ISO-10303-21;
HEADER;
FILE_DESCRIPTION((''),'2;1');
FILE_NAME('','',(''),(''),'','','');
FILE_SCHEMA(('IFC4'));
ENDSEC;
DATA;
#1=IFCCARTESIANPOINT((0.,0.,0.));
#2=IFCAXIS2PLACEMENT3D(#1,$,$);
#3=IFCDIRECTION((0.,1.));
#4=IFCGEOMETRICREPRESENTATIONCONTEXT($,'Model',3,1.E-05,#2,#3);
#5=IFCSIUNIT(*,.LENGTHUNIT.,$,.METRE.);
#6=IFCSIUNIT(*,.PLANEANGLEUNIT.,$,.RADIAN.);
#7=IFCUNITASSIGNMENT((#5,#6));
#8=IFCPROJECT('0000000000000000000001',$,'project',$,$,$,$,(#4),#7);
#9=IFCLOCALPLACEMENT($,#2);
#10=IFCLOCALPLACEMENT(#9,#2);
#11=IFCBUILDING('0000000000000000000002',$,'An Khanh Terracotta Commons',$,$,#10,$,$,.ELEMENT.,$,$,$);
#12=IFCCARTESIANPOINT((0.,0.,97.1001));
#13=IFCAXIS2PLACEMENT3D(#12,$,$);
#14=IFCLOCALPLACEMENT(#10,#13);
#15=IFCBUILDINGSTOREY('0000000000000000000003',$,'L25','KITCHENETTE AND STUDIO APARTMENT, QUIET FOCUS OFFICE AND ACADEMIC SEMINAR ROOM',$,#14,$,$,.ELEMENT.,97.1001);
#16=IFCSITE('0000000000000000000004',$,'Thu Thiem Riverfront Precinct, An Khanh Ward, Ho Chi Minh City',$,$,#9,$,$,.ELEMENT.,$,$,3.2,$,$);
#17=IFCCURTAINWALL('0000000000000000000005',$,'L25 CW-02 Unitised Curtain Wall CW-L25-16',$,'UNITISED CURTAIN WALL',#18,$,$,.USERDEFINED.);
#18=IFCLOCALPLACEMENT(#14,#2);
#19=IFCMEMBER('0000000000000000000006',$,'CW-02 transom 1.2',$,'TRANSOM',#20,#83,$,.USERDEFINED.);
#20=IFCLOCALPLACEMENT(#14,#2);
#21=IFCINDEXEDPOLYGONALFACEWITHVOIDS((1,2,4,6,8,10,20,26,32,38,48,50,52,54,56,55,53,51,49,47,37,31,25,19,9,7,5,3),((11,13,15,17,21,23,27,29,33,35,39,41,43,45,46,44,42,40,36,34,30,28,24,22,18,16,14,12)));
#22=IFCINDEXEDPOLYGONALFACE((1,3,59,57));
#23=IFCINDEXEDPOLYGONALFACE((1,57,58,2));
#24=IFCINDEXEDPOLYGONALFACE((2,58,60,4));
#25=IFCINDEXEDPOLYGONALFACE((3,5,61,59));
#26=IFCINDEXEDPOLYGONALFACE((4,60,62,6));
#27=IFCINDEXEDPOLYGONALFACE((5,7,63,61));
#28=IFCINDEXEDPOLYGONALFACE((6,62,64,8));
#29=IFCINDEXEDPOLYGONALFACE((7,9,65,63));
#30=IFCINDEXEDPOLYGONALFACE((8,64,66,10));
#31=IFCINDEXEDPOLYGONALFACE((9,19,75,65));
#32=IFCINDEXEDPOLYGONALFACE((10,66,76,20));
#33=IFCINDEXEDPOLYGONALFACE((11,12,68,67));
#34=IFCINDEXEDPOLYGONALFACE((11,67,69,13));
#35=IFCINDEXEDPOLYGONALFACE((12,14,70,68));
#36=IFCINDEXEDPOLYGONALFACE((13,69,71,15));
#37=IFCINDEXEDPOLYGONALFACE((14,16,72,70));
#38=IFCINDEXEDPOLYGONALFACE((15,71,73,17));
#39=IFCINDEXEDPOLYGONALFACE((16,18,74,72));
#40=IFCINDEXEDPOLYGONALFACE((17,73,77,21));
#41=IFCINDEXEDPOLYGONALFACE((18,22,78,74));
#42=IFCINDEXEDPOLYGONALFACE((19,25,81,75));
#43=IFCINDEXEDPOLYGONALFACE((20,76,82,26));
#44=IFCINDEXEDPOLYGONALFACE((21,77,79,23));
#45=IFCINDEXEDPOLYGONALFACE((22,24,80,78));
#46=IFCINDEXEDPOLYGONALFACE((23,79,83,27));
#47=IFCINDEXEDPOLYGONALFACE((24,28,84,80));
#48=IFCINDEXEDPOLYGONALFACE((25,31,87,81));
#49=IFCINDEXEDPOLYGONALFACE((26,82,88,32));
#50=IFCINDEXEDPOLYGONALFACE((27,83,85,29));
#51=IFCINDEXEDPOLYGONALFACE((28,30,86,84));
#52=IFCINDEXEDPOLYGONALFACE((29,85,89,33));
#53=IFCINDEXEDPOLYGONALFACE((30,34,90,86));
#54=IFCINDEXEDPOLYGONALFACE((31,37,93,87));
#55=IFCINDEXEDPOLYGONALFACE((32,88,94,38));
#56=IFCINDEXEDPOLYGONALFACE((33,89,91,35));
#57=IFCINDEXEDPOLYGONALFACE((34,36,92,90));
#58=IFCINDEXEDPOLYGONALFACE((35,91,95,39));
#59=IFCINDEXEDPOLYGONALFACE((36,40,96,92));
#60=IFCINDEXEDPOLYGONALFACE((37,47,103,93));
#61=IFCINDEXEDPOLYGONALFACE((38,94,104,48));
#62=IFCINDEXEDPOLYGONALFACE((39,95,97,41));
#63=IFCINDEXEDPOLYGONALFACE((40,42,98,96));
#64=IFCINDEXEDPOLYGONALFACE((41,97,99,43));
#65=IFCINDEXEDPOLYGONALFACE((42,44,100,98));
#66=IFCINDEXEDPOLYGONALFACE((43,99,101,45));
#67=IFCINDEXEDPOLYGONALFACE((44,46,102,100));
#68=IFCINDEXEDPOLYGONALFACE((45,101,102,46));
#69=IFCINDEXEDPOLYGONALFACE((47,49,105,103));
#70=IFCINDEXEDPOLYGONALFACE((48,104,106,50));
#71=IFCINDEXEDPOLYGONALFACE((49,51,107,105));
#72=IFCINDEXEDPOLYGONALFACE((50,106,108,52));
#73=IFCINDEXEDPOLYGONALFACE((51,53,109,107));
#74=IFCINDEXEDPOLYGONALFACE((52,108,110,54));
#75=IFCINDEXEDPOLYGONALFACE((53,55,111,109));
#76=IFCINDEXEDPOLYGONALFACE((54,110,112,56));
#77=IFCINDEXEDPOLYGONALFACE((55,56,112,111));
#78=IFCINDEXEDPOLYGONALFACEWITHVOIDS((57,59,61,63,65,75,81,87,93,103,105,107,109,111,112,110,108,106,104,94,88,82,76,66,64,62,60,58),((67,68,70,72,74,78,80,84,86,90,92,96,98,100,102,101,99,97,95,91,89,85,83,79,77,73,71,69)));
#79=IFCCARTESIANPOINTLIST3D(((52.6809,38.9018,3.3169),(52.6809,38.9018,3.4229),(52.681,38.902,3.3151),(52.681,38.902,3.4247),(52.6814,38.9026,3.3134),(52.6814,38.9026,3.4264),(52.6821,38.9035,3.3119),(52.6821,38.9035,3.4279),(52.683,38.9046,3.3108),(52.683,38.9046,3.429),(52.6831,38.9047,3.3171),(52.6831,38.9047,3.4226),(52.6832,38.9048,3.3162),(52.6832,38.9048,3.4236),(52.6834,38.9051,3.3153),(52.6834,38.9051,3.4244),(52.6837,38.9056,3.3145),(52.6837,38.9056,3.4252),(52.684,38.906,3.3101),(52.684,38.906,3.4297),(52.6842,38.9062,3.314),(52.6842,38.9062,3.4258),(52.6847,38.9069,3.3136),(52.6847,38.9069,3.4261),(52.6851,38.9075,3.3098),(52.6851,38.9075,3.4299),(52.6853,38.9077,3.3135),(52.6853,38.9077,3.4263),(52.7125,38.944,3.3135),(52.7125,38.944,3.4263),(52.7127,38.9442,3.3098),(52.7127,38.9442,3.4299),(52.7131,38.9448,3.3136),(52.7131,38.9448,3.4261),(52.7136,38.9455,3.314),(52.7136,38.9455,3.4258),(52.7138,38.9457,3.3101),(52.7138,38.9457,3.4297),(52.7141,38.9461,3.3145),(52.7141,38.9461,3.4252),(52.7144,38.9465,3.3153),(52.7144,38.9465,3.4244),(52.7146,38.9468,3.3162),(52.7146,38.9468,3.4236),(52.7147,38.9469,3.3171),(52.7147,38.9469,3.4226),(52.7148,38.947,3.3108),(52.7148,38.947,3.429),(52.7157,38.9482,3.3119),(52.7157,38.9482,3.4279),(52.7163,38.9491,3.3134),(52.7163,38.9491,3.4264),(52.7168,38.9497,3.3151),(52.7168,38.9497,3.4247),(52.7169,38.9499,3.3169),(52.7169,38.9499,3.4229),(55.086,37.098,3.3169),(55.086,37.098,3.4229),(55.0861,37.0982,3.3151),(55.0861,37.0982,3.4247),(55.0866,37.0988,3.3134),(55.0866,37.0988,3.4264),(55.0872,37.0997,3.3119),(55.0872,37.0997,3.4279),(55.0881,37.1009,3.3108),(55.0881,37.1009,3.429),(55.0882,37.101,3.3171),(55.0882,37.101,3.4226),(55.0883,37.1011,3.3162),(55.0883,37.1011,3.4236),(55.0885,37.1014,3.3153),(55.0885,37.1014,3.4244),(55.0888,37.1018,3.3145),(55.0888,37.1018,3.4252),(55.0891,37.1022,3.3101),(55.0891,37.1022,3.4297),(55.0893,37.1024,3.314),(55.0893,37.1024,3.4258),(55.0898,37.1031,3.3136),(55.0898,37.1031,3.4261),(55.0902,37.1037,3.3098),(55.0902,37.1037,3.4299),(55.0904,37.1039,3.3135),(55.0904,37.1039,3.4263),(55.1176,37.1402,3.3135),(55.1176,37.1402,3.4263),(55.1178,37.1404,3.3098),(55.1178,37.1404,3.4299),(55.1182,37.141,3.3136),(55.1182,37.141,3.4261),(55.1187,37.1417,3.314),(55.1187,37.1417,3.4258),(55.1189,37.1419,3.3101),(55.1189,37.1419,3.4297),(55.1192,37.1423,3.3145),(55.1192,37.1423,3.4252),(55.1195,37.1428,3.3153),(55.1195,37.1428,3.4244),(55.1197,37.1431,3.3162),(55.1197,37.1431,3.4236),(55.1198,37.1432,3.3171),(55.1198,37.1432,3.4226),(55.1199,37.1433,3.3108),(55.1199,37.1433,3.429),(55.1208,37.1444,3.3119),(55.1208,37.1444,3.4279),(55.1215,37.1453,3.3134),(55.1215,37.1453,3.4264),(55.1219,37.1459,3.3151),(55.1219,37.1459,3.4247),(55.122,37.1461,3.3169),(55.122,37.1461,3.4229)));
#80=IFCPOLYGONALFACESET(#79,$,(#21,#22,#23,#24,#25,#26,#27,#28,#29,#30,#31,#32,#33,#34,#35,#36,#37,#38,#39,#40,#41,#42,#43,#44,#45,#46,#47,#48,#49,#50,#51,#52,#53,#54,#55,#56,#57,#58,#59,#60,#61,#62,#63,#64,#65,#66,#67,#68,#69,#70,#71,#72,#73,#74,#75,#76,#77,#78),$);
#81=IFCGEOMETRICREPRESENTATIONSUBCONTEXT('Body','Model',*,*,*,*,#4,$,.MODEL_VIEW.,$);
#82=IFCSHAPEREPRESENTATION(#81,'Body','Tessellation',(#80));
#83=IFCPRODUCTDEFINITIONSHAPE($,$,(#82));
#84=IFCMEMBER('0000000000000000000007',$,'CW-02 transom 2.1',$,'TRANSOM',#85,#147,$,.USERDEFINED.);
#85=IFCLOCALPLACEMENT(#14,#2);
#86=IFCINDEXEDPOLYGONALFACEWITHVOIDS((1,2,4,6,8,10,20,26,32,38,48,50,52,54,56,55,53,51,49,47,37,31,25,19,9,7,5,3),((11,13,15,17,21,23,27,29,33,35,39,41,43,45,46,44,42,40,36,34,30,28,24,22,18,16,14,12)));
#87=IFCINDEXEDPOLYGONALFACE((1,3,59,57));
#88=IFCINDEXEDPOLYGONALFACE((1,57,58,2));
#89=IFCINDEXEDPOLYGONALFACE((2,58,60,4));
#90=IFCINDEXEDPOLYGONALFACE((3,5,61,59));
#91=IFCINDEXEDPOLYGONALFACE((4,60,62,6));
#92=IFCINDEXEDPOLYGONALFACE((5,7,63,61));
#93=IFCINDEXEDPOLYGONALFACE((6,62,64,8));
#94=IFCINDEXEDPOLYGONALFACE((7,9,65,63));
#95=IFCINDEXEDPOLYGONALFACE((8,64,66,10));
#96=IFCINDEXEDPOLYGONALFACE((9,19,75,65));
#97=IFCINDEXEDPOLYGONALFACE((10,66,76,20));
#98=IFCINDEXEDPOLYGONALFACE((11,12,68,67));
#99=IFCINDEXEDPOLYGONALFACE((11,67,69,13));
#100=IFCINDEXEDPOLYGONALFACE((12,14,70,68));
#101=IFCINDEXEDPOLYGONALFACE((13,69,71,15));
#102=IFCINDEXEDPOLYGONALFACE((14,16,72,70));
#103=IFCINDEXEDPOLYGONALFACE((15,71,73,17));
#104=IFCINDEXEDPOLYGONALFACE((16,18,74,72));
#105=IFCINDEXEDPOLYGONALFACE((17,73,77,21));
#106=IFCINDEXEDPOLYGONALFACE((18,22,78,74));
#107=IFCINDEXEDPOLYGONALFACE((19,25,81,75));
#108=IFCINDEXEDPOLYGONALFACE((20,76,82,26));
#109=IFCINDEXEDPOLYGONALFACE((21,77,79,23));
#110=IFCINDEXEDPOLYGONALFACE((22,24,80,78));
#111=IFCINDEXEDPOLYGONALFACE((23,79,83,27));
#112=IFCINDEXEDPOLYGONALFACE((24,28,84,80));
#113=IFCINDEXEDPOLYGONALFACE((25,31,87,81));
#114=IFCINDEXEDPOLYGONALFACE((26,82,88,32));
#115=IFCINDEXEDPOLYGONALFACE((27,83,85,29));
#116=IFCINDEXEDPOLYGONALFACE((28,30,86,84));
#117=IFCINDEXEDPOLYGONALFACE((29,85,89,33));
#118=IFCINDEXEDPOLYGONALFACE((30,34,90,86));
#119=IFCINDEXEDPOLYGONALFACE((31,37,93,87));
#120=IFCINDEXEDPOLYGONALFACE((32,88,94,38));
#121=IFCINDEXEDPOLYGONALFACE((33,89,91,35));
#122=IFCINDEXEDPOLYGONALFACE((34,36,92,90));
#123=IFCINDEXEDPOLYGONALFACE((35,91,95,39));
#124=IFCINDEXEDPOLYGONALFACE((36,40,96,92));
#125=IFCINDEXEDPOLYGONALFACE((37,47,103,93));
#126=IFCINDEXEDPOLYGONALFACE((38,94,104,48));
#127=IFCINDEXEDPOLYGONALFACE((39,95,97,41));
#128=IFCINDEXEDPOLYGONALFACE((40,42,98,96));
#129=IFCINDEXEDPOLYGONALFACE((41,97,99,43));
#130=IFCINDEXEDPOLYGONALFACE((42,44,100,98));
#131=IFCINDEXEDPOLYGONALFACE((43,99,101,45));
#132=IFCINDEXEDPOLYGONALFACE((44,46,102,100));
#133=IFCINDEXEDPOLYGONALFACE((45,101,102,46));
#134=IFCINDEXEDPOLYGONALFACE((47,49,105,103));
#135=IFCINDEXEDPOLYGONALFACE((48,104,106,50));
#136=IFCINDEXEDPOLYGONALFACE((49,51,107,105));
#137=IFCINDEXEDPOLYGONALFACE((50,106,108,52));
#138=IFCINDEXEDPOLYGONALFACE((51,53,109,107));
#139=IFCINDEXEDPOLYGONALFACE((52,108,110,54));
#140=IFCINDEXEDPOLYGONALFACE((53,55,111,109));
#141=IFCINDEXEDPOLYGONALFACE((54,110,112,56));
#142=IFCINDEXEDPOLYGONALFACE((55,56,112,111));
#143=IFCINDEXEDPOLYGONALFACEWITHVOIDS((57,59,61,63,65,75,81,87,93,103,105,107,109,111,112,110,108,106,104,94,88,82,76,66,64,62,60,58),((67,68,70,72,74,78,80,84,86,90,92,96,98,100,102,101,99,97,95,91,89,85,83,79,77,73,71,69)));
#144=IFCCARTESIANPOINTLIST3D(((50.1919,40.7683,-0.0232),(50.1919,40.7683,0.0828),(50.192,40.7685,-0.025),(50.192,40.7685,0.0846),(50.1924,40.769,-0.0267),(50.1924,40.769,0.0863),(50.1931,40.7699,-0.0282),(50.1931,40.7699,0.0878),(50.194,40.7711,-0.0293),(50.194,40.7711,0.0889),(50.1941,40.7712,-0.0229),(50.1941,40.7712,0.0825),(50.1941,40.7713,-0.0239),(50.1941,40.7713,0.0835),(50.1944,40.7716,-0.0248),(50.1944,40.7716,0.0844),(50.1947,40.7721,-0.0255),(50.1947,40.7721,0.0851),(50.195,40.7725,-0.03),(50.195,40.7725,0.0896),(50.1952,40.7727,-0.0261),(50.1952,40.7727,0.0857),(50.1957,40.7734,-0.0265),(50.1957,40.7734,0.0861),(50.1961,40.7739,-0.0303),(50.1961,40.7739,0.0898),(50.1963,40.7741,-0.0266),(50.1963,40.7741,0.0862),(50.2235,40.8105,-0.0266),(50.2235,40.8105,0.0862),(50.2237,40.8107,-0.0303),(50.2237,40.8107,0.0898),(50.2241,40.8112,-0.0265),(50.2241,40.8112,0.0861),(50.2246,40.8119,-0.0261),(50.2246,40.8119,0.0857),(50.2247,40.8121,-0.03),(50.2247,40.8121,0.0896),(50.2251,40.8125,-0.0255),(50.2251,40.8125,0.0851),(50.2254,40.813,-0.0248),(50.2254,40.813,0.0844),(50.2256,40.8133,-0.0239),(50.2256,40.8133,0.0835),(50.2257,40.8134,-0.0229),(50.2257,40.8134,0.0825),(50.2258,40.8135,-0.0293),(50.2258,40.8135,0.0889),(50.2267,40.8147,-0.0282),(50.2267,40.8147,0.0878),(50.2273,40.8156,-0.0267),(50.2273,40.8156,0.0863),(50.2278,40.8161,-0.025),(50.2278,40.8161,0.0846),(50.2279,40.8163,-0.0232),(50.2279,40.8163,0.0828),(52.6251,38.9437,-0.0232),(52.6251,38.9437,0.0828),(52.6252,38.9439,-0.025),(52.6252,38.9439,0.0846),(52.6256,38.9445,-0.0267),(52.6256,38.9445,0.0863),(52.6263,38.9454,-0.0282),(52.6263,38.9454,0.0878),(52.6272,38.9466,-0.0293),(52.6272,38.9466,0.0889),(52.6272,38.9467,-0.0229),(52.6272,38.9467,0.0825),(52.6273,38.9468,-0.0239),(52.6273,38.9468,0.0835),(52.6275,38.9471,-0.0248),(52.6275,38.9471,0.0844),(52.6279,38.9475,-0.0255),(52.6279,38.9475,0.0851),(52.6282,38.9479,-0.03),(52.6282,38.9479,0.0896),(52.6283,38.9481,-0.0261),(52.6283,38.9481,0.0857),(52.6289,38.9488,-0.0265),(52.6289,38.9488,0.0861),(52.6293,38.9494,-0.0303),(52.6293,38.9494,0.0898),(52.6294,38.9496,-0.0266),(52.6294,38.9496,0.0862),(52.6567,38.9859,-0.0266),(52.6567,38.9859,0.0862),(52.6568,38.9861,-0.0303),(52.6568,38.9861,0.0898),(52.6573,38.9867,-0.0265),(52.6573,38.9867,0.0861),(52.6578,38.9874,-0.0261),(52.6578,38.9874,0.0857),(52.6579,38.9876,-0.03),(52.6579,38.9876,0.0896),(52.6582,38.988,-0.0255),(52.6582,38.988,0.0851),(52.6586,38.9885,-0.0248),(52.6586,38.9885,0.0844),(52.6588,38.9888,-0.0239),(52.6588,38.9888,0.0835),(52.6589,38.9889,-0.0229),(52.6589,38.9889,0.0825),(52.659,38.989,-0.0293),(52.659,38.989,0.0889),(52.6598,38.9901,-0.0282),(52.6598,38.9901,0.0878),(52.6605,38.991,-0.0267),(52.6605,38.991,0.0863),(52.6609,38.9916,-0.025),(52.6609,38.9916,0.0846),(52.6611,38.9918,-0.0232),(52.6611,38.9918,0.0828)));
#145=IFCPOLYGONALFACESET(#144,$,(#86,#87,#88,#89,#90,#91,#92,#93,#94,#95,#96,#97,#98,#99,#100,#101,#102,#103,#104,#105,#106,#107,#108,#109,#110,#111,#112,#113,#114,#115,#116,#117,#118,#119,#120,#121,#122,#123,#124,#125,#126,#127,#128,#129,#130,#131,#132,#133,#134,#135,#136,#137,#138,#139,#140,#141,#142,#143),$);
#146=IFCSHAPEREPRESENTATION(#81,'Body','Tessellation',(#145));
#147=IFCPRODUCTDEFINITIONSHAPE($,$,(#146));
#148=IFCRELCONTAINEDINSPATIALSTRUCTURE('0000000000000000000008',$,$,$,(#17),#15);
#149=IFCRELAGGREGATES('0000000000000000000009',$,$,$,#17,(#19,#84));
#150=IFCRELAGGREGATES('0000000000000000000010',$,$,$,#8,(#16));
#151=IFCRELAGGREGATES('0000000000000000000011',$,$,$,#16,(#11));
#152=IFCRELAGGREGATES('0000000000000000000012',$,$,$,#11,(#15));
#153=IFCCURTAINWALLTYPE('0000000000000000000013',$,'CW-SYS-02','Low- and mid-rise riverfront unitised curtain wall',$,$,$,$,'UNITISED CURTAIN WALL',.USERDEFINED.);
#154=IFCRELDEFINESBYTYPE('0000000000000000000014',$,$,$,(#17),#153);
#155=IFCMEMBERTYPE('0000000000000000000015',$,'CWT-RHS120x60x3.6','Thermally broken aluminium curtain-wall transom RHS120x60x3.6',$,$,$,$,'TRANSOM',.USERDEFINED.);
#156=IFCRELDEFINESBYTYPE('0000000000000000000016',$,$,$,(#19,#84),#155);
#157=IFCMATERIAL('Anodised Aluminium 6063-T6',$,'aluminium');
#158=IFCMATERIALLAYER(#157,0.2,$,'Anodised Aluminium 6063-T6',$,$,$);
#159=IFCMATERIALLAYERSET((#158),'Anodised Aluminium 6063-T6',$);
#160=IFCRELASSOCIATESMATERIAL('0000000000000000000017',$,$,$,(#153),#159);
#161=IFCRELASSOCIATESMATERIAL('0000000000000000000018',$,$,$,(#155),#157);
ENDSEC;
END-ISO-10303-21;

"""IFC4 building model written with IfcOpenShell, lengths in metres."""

from ifc_helpers import new_model, si_unit, direction, frame, origin, origin_2d, place, context, subcontext, project, spatial, hollow_rectangle, extrude, material, layer, layer_set, material_profile, profile_set, type_object, element, aggregate, save


model = new_model("IFC4")

# Units and contexts
model_context = context("Model", 3, precision=1e-05, world=origin(), true_north=direction((0.0, 1.0)))
body_context = subcontext(model_context, "Body", "Model", "MODEL_VIEW")
ifc_project = project(units=[si_unit("LENGTHUNIT", "METRE"), si_unit("PLANEANGLEUNIT", "RADIAN")], contexts=[model_context])

# Site, building, storey
site_placement = place(None, origin())
site = spatial("IfcSite", under=ifc_project, at=site_placement, Name="Thu Thiem Riverfront Precinct, An Khanh Ward, Ho Chi Minh City", CompositionType="ELEMENT", RefElevation=3.2)
building_placement = place(site_placement, origin())
building = spatial("IfcBuilding", under=site, at=building_placement, Name="An Khanh Terracotta Commons", CompositionType="ELEMENT")
storey_placement = place(building_placement, frame((0.0, 0.0, 97.1001)))
storey = spatial("IfcBuildingStorey", under=building, at=storey_placement, Name="L25", Description="KITCHENETTE AND STUDIO APARTMENT, QUIET FOCUS OFFICE AND ACADEMIC SEMINAR ROOM", CompositionType="ELEMENT", Elevation=97.1001)

# Curtain wall
ifc_material_1 = material(Name="Anodised Aluminium 6063-T6", Category="aluminium")
ifc_layer_1 = layer(ifc_material_1, 0.2, Name="Anodised Aluminium 6063-T6")
ifc_layer_set_1 = layer_set([ifc_layer_1], Name="Anodised Aluminium 6063-T6")
curtain_wall_type = type_object("IfcCurtainWallType", Name="CW-SYS-02", Description="Low- and mid-rise riverfront unitised curtain wall", ElementType="UNITISED CURTAIN WALL", PredefinedType="USERDEFINED", material=ifc_layer_set_1)
curtain_wall_1_placement = place(storey_placement, origin())
curtain_wall_1 = element("IfcCurtainWall", 1, at=curtain_wall_1_placement, inside=storey, type_object=curtain_wall_type, Name="L25 CW-02 Unitised Curtain Wall CW-L25-16", ObjectType="UNITISED CURTAIN WALL", PredefinedType="USERDEFINED")

# Members
ifc_material_profile_1 = material_profile(ifc_material_1, hollow_rectangle(XDim=0.0601, YDim=0.1201, WallThickness=0.0037, InnerFilletRadius=0.0037, OuterFilletRadius=0.0071, at=origin_2d()), Name="RHS120x60x3.6")
ifc_profile_set_1 = profile_set([ifc_material_profile_1], Name="Anodised Aluminium 6063-T6")
member_type_1 = type_object("IfcMemberType", Name="CWT-RHS120x60x3.6", Description="Thermally broken aluminium curtain-wall transom RHS120x60x3.6", ElementType="TRANSOM", PredefinedType="USERDEFINED", material=ifc_profile_set_1)
member_1_placement = place(storey_placement, frame((55.104, 37.1221, 3.3699), z_axis=(-0.80001, 0.599987, 0.0), x_axis=(-0.599987, -0.80001, 0.0)))
member_1 = element("IfcMember", 2, at=member_1_placement, type_object=member_type_1, Name="CW-02 transom 1.2", ObjectType="TRANSOM", PredefinedType="USERDEFINED", context=body_context, shape_type="SweptSolid", body=[
    extrude(hollow_rectangle(XDim=0.0601, YDim=0.1201, WallThickness=0.0037, InnerFilletRadius=0.0037, OuterFilletRadius=0.0071, at=origin_2d()), origin(), (0.0, 0.0, 1.0), 3.0063),
])
member_2_placement = place(storey_placement, frame((52.6431, 38.9678, 0.0298), z_axis=(-0.800058, 0.599923, 0.0), x_axis=(-0.599923, -0.800058, 0.0)))
member_2 = element("IfcMember", 3, at=member_2_placement, type_object=member_type_1, Name="CW-02 transom 2.1", ObjectType="TRANSOM", PredefinedType="USERDEFINED", context=body_context, shape_type="SweptSolid", body=[
    extrude(hollow_rectangle(XDim=0.0601, YDim=0.1201, WallThickness=0.0037, InnerFilletRadius=0.0037, OuterFilletRadius=0.0071, at=origin_2d()), origin(), (0.0, 0.0, 1.0), 3.0413),
])

aggregate(curtain_wall_1, [member_1, member_2])

save(model, "model.ifc")
